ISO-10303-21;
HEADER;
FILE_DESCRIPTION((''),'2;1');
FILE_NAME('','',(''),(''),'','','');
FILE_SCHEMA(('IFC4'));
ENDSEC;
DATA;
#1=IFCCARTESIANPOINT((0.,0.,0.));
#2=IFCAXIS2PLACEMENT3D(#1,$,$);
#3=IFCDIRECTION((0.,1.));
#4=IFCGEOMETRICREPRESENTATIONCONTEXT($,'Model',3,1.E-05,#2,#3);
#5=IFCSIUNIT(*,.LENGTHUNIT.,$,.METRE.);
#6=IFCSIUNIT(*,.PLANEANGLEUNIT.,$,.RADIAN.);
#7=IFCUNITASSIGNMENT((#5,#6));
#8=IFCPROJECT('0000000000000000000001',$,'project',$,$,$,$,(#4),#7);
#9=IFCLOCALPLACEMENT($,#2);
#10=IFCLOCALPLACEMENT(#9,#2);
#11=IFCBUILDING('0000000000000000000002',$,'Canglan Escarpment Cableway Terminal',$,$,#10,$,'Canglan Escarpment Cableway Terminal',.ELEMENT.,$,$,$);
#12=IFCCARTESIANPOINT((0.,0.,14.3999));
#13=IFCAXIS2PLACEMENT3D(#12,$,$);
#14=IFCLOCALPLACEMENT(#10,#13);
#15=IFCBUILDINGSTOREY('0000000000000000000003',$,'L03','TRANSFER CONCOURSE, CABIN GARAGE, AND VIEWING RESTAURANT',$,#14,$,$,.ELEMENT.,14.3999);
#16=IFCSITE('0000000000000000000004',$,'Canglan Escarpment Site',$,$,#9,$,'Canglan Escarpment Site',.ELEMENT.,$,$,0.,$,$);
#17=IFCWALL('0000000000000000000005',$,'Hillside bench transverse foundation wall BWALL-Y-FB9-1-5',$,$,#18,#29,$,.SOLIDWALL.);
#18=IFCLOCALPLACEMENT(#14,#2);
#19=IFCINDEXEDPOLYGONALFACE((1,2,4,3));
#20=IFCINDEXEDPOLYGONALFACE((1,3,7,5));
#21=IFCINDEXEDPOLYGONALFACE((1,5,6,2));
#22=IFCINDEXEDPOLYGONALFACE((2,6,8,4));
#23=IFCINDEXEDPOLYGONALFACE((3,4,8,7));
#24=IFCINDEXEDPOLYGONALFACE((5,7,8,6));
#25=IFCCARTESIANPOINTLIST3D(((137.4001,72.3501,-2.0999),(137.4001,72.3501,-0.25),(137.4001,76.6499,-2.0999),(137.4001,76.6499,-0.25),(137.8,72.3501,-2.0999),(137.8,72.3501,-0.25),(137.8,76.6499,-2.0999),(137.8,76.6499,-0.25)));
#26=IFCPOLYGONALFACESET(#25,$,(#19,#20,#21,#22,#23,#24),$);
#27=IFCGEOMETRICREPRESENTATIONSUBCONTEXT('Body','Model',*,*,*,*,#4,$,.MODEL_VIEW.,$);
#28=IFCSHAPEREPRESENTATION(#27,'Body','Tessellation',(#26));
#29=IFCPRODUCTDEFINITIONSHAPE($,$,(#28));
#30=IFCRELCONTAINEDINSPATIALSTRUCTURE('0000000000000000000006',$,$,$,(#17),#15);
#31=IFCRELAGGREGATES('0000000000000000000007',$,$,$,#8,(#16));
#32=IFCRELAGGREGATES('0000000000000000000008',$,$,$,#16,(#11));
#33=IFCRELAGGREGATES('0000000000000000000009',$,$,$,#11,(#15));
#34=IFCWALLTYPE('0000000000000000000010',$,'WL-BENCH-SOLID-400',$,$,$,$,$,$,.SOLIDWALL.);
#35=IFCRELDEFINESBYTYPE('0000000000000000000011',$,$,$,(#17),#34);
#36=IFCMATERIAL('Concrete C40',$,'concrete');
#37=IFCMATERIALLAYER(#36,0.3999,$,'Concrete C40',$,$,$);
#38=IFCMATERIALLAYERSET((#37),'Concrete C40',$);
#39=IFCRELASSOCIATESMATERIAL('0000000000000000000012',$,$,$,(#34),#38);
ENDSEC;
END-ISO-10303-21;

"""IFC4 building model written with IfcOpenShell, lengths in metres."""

from ifc_helpers import new_model, si_unit, direction, frame, frame_2d, origin, place, context, subcontext, project, spatial, rectangle, extrude, material, layer, layer_set, type_object, element, save


model = new_model("IFC4")

# Units and contexts
model_context = context("Model", 3, precision=1e-05, world=origin(), true_north=direction((0.0, 1.0)))
body_context = subcontext(model_context, "Body", "Model", "MODEL_VIEW")
ifc_project = project(units=[si_unit("LENGTHUNIT", "METRE"), si_unit("PLANEANGLEUNIT", "RADIAN")], contexts=[model_context])

# Site, building, storey
site_placement = place(None, origin())
site = spatial("IfcSite", under=ifc_project, at=site_placement, Name="Canglan Escarpment Site", LongName="Canglan Escarpment Site", CompositionType="ELEMENT", RefElevation=0.0)
building_placement = place(site_placement, origin())
building = spatial("IfcBuilding", under=site, at=building_placement, Name="Canglan Escarpment Cableway Terminal", LongName="Canglan Escarpment Cableway Terminal", CompositionType="ELEMENT")
storey_placement = place(building_placement, frame((0.0, 0.0, 14.3999)))
storey = spatial("IfcBuildingStorey", under=building, at=storey_placement, Name="L03", Description="TRANSFER CONCOURSE, CABIN GARAGE, AND VIEWING RESTAURANT", CompositionType="ELEMENT", Elevation=14.3999)

# Shared definitions
ifc_material_1 = material(Name="Concrete C40", Category="concrete")

# Wall
ifc_layer_1 = layer(ifc_material_1, 0.3999, Name="Concrete C40")
ifc_layer_set_1 = layer_set([ifc_layer_1], Name="Concrete C40")
wall_type = type_object("IfcWallType", Name="WL-BENCH-SOLID-400", PredefinedType="SOLIDWALL", material=ifc_layer_set_1)
wall_placement = place(storey_placement, frame((137.6001, 72.3501, -2.0999), z_axis=(0.0, 0.0, 1.0), x_axis=(0.0, 1.0, 0.0)))
element("IfcWall", 1, at=wall_placement, inside=storey, type_object=wall_type, Name="Hillside bench transverse foundation wall BWALL-Y-FB9-1-5", PredefinedType="SOLIDWALL", context=body_context, shape_type="SweptSolid", body=[
    extrude(rectangle(XDim=4.2998, YDim=0.3999, at=frame_2d((2.1499, 0.0))), origin(), (0.0, 0.0, 1.0), 1.8499),
])

save(model, "model.ifc")
